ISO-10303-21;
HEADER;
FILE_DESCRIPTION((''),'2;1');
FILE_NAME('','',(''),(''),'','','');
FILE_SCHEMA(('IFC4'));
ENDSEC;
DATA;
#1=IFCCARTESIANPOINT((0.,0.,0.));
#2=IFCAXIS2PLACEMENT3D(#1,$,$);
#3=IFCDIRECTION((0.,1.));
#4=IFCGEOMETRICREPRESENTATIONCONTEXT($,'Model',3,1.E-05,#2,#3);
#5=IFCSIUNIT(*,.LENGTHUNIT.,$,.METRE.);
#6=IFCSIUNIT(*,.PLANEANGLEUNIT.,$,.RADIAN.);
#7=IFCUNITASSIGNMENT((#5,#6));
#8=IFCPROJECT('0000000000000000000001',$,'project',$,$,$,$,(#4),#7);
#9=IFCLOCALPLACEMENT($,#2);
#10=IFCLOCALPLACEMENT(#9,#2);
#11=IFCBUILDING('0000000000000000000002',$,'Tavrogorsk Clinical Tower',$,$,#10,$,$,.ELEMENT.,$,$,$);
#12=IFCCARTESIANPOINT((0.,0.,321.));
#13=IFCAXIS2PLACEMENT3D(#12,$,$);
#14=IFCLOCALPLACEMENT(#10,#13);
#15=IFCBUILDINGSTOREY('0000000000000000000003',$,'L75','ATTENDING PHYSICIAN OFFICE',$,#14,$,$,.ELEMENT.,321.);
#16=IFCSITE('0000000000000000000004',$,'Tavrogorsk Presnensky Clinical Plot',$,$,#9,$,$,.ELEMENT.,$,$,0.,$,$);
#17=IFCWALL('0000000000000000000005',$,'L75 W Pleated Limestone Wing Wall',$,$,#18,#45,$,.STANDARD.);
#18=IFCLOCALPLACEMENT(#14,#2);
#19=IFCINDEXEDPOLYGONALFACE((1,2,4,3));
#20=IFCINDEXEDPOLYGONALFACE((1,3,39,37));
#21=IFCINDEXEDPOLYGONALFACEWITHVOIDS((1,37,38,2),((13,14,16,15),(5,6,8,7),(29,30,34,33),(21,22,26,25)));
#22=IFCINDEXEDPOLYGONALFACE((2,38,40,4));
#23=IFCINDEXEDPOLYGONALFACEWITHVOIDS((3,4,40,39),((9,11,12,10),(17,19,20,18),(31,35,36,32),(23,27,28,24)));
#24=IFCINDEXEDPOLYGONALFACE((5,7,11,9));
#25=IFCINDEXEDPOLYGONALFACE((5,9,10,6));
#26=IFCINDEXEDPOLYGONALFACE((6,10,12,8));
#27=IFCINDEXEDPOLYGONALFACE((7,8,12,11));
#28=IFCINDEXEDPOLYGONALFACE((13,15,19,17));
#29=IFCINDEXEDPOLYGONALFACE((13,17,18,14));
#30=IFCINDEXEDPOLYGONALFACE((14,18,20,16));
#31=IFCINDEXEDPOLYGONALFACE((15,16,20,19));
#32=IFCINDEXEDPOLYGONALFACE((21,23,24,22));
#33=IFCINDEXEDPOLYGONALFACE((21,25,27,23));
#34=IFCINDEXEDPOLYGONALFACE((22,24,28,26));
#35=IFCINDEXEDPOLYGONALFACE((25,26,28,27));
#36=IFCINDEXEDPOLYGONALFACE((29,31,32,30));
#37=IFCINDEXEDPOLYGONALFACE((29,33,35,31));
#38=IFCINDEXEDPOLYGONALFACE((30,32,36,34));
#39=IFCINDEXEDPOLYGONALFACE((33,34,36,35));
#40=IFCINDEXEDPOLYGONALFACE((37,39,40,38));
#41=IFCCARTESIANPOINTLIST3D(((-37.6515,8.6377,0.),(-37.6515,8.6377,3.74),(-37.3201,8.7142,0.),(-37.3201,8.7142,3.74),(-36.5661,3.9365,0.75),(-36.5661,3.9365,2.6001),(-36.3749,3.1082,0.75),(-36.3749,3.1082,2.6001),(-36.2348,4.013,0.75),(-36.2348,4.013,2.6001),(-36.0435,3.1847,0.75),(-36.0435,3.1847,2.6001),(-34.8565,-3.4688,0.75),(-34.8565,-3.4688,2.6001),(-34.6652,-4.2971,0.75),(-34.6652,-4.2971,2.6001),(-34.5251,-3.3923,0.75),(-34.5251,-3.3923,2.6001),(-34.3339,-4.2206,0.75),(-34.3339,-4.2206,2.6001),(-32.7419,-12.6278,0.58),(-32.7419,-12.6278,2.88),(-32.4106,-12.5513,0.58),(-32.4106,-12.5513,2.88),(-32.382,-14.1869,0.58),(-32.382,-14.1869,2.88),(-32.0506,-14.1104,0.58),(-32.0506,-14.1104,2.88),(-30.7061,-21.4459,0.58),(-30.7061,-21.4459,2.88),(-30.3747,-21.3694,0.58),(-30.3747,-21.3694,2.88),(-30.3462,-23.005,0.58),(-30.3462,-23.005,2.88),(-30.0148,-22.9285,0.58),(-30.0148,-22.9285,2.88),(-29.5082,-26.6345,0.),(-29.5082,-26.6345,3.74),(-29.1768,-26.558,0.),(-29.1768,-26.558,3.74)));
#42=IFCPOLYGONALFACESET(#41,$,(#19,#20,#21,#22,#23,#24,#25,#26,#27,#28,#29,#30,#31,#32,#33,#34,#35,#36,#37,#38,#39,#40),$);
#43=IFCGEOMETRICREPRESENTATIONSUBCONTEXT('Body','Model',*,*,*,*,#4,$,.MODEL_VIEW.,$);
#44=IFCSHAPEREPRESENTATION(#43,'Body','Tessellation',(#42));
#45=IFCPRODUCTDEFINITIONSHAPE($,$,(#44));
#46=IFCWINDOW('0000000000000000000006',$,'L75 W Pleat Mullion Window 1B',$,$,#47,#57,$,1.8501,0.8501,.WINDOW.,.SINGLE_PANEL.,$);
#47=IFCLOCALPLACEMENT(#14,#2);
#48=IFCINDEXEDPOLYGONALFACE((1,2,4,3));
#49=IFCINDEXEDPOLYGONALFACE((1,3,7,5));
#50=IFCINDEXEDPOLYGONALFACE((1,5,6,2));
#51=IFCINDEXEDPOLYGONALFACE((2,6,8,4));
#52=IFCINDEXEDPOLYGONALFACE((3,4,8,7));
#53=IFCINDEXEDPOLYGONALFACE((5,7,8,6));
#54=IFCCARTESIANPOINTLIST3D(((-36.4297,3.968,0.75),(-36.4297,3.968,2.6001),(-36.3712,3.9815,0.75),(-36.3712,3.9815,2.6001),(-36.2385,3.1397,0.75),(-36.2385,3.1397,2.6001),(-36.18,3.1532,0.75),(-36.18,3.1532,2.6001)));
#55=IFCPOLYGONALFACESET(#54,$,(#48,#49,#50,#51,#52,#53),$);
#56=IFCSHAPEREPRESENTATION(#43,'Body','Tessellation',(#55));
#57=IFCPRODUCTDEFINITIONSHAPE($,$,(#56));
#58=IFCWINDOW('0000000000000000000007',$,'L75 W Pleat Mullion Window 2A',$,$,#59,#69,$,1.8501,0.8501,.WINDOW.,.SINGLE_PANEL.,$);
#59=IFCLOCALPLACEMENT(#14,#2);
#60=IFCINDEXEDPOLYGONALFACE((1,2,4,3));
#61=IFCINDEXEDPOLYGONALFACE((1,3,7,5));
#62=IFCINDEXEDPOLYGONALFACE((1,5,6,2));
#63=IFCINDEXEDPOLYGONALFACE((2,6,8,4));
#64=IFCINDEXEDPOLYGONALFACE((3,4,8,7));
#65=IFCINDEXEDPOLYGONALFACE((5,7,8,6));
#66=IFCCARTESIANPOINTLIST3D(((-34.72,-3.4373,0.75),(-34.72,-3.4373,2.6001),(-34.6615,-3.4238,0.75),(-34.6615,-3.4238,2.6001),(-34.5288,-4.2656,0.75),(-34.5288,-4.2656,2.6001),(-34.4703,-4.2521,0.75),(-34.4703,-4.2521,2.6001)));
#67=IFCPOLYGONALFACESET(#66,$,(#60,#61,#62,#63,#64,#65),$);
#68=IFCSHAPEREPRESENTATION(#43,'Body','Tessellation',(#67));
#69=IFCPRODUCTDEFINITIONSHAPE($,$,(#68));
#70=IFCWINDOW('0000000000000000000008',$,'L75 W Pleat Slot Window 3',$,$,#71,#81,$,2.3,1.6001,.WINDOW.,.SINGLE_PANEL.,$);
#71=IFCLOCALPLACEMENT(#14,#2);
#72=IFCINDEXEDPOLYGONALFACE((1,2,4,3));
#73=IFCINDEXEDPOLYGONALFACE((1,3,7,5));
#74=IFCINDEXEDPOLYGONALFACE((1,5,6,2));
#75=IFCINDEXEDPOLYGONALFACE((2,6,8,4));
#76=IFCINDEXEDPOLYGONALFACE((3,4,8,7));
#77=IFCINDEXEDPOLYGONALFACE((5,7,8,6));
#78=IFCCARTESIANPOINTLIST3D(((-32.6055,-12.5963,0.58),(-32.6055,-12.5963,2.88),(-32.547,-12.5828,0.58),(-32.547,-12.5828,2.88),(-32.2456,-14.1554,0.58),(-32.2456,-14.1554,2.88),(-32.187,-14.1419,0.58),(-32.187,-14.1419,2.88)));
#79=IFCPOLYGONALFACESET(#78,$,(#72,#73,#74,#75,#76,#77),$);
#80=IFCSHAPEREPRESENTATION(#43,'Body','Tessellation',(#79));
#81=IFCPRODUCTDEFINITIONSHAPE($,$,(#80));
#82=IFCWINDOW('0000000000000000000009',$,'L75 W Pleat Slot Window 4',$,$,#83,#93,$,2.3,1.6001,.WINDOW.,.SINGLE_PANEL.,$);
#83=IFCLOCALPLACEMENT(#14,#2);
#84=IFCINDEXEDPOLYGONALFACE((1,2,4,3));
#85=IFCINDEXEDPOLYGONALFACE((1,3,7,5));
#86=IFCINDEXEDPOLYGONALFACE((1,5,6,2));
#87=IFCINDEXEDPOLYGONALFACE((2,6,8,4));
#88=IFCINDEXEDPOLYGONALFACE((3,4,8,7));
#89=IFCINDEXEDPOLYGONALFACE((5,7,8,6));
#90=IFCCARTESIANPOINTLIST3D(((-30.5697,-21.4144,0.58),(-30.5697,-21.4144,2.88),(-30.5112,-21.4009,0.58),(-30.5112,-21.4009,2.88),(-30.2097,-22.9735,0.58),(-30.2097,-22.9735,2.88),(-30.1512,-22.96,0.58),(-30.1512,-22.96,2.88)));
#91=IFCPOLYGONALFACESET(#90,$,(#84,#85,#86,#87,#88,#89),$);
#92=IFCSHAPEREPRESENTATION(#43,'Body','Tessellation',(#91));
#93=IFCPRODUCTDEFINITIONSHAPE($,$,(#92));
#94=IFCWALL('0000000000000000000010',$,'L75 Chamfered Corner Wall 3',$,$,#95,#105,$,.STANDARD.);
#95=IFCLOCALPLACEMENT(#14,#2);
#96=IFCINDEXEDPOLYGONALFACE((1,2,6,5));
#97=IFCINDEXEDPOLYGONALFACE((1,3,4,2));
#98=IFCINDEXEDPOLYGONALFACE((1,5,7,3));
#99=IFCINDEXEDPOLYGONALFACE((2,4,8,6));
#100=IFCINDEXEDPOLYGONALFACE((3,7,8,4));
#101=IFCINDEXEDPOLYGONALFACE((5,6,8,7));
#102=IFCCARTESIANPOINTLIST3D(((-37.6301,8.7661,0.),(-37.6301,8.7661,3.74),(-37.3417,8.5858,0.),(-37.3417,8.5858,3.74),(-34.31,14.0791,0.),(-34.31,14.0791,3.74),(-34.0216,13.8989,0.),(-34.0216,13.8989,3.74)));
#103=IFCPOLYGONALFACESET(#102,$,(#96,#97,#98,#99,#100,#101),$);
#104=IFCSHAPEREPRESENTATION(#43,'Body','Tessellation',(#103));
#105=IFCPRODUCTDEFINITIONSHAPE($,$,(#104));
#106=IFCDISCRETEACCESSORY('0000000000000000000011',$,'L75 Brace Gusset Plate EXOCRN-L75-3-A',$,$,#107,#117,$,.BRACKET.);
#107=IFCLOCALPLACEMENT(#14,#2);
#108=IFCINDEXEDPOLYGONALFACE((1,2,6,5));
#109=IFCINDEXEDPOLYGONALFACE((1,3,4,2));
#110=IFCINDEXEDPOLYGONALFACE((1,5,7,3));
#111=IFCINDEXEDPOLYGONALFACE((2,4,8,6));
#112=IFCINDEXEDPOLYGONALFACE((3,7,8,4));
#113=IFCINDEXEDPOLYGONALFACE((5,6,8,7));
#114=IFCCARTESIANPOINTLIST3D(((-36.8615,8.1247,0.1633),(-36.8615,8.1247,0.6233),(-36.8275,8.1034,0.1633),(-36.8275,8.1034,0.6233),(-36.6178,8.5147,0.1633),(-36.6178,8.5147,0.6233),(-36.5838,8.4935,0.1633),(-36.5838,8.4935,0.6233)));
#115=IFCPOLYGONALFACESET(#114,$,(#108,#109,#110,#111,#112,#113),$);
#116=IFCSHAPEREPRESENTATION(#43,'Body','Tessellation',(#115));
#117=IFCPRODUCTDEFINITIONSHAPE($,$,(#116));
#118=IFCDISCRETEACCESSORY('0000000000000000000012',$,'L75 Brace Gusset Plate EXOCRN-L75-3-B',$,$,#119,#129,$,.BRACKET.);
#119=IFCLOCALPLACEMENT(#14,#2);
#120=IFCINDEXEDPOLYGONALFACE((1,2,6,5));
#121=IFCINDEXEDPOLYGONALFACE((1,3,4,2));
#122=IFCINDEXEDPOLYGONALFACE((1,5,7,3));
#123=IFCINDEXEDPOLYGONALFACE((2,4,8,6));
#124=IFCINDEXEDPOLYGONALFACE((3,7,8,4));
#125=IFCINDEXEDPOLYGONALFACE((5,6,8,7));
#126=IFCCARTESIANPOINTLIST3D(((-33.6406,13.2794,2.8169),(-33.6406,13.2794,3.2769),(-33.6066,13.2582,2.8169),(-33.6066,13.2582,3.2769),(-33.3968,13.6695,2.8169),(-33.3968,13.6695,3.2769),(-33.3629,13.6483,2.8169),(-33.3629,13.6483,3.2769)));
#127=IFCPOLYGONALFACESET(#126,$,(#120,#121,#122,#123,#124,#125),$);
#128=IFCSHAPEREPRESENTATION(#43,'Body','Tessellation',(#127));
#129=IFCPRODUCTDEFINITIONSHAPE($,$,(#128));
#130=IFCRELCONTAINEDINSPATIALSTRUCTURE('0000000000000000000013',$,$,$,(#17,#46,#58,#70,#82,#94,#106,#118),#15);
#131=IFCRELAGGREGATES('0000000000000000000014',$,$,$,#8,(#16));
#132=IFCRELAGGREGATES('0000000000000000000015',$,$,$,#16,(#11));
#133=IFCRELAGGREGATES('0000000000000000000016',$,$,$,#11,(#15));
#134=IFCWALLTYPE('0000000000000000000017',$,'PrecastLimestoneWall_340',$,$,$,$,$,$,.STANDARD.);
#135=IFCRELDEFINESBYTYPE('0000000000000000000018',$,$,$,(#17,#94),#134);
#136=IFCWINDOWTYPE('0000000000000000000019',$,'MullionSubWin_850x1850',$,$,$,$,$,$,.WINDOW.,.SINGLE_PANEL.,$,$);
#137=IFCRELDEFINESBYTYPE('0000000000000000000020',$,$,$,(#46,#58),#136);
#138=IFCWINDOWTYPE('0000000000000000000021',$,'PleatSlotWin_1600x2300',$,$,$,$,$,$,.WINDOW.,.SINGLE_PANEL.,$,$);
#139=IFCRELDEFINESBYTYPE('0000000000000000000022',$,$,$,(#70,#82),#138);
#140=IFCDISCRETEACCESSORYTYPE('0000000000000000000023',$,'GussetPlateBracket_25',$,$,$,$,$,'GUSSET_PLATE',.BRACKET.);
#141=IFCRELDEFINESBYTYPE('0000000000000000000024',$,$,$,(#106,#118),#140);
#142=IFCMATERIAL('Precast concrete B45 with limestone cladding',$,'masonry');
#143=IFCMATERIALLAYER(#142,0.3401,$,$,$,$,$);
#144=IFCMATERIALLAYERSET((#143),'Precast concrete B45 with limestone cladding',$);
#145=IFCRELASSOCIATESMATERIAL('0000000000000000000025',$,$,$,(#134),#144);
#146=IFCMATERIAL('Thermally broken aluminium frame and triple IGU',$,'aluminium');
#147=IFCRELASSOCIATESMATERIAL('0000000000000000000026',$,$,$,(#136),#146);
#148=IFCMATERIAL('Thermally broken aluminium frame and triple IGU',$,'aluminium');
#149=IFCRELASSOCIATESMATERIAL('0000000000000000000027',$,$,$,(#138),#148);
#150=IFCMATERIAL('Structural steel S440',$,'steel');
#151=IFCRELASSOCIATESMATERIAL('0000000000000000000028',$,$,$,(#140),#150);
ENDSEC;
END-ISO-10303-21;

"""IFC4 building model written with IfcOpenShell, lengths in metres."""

from ifc_helpers import new_model, si_unit, direction, frame, frame_2d, origin, origin_2d, place, context, subcontext, project, spatial, rectangle, extrude, material, layer, layer_set, type_object, element, fill, save


model = new_model("IFC4")

# Units and contexts
model_context = context("Model", 3, precision=1e-05, world=origin(), true_north=direction((0.0, 1.0)))
body_context = subcontext(model_context, "Body", "Model", "MODEL_VIEW")
ifc_project = project(units=[si_unit("LENGTHUNIT", "METRE"), si_unit("PLANEANGLEUNIT", "RADIAN")], contexts=[model_context])

# Site, building, storey
site_placement = place(None, origin())
site = spatial("IfcSite", under=ifc_project, at=site_placement, Name="Tavrogorsk Presnensky Clinical Plot", CompositionType="ELEMENT", RefElevation=0.0)
building_placement = place(site_placement, origin())
building = spatial("IfcBuilding", under=site, at=building_placement, Name="Tavrogorsk Clinical Tower", CompositionType="ELEMENT")
storey_placement = place(building_placement, frame((0.0, 0.0, 321.0)))
storey = spatial("IfcBuildingStorey", under=building, at=storey_placement, Name="L75", Description="ATTENDING PHYSICIAN OFFICE", CompositionType="ELEMENT", Elevation=321.0)

# Wall, openings, windows
ifc_material_1 = material(Name="Precast concrete B45 with limestone cladding", Category="masonry")
ifc_layer_1 = layer(ifc_material_1, 0.3401)
ifc_layer_set_1 = layer_set([ifc_layer_1], Name="Precast concrete B45 with limestone cladding")
wall_type_1 = type_object("IfcWallType", Name="PrecastLimestoneWall_340", PredefinedType="STANDARD", material=ifc_layer_set_1)
wall_1_placement = place(storey_placement, frame((-37.4858, 8.676, 0.0), z_axis=(0.0, 0.0, 1.0), x_axis=(0.224953, -0.97437, 0.0)))
wall_1 = element("IfcWall", 1, at=wall_1_placement, inside=storey, type_object=wall_type_1, Name="L75 W Pleated Limestone Wing Wall", PredefinedType="STANDARD", context=body_context, shape_type="SweptSolid", body=[
    extrude(rectangle(XDim=36.2, YDim=0.3401, at=frame_2d((18.1001, 0.0))), origin(), (0.0, 0.0, 1.0), 3.74),
])
opening_1_placement = place(wall_1_placement, frame((4.825, 0.0, 0.75)))
opening_1 = element("IfcOpeningElement", 2, at=opening_1_placement, cuts=wall_1, PredefinedType="OPENING", context=body_context, shape_type="SweptSolid", body=[
    extrude(rectangle(XDim=0.8501, YDim=1.8501, at=frame_2d((0.425, 0.925))), frame((0.0, 0.1799, 0.0), z_axis=(0.0, -1.0, 0.0), x_axis=(1.0, 0.0, 0.0)), (0.0, 0.0, 1.0), 0.3601),
])
opening_2_placement = place(wall_1_placement, frame((12.425, 0.0, 0.75)))
opening_2 = element("IfcOpeningElement", 3, at=opening_2_placement, cuts=wall_1, PredefinedType="OPENING", context=body_context, shape_type="SweptSolid", body=[
    extrude(rectangle(XDim=0.8501, YDim=1.8501, at=frame_2d((0.425, 0.925))), frame((0.0, 0.1799, 0.0), z_axis=(0.0, -1.0, 0.0), x_axis=(1.0, 0.0, 0.0)), (0.0, 0.0, 1.0), 0.3601),
])
opening_3_placement = place(wall_1_placement, frame((21.825, 0.0, 0.5801)))
opening_3 = element("IfcOpeningElement", 4, at=opening_3_placement, cuts=wall_1, PredefinedType="OPENING", context=body_context, shape_type="SweptSolid", body=[
    extrude(rectangle(XDim=1.6001, YDim=2.3, at=frame_2d((0.8, 1.1499))), frame((0.0, 0.1799, 0.0), z_axis=(0.0, -1.0, 0.0), x_axis=(1.0, 0.0, 0.0)), (0.0, 0.0, 1.0), 0.3601),
])
opening_4_placement = place(wall_1_placement, frame((30.875, 0.0, 0.5801)))
opening_4 = element("IfcOpeningElement", 5, at=opening_4_placement, cuts=wall_1, PredefinedType="OPENING", context=body_context, shape_type="SweptSolid", body=[
    extrude(rectangle(XDim=1.6001, YDim=2.3, at=frame_2d((0.8, 1.1499))), frame((0.0, 0.1799, 0.0), z_axis=(0.0, -1.0, 0.0), x_axis=(1.0, 0.0, 0.0)), (0.0, 0.0, 1.0), 0.3601),
])
ifc_material_2 = material(Name="Thermally broken aluminium frame and triple IGU", Category="aluminium")
window_type_1 = type_object("IfcWindowType", Name="MullionSubWin_850x1850", PartitioningType="SINGLE_PANEL", PredefinedType="WINDOW", material=ifc_material_2)
window_1_placement = place(opening_1_placement, origin())
window_1 = element("IfcWindow", 6, at=window_1_placement, inside=storey, type_object=window_type_1, Name="L75 W Pleat Mullion Window 1B", OverallHeight=1.8501, OverallWidth=0.8501, PartitioningType="SINGLE_PANEL", PredefinedType="WINDOW", context=body_context, shape_type="SweptSolid", body=[
    extrude(rectangle(XDim=0.8501, YDim=1.8501, at=frame_2d((0.425, 0.925))), frame((0.0, 0.03, 0.0), z_axis=(0.0, -1.0, 0.0), x_axis=(1.0, 0.0, 0.0)), (0.0, 0.0, 1.0), 0.0601),
])
fill(opening_1, window_1)
window_2_placement = place(opening_2_placement, origin())
window_2 = element("IfcWindow", 7, at=window_2_placement, inside=storey, type_object=window_type_1, Name="L75 W Pleat Mullion Window 2A", OverallHeight=1.8501, OverallWidth=0.8501, PartitioningType="SINGLE_PANEL", PredefinedType="WINDOW", context=body_context, shape_type="SweptSolid", body=[
    extrude(rectangle(XDim=0.8501, YDim=1.8501, at=frame_2d((0.425, 0.925))), frame((0.0, 0.03, 0.0), z_axis=(0.0, -1.0, 0.0), x_axis=(1.0, 0.0, 0.0)), (0.0, 0.0, 1.0), 0.0601),
])
fill(opening_2, window_2)
ifc_material_3 = material(Name="Thermally broken aluminium frame and triple IGU", Category="aluminium")
window_type_2 = type_object("IfcWindowType", Name="PleatSlotWin_1600x2300", PartitioningType="SINGLE_PANEL", PredefinedType="WINDOW", material=ifc_material_3)
window_3_placement = place(opening_3_placement, origin())
window_3 = element("IfcWindow", 8, at=window_3_placement, inside=storey, type_object=window_type_2, Name="L75 W Pleat Slot Window 3", OverallHeight=2.3, OverallWidth=1.6001, PartitioningType="SINGLE_PANEL", PredefinedType="WINDOW", context=body_context, shape_type="SweptSolid", body=[
    extrude(rectangle(XDim=1.6001, YDim=2.3, at=frame_2d((0.8, 1.1499))), frame((0.0, 0.03, 0.0), z_axis=(0.0, -1.0, 0.0), x_axis=(1.0, 0.0, 0.0)), (0.0, 0.0, 1.0), 0.0601),
])
fill(opening_3, window_3)
window_4_placement = place(opening_4_placement, origin())
window_4 = element("IfcWindow", 9, at=window_4_placement, inside=storey, type_object=window_type_2, Name="L75 W Pleat Slot Window 4", OverallHeight=2.3, OverallWidth=1.6001, PartitioningType="SINGLE_PANEL", PredefinedType="WINDOW", context=body_context, shape_type="SweptSolid", body=[
    extrude(rectangle(XDim=1.6001, YDim=2.3, at=frame_2d((0.8, 1.1499))), frame((0.0, 0.03, 0.0), z_axis=(0.0, -1.0, 0.0), x_axis=(1.0, 0.0, 0.0)), (0.0, 0.0, 1.0), 0.0601),
])
fill(opening_4, window_4)

# Wall
wall_2_placement = place(storey_placement, frame((-34.1658, 13.989, 0.0), z_axis=(0.0, 0.0, 1.0), x_axis=(-0.529936, -0.848038, 0.0)))
element("IfcWall", 10, at=wall_2_placement, inside=storey, type_object=wall_type_1, Name="L75 Chamfered Corner Wall 3", PredefinedType="STANDARD", context=body_context, shape_type="SweptSolid", body=[
    extrude(rectangle(XDim=6.2651, YDim=0.3401, at=frame_2d((3.1326, 0.0))), origin(), (0.0, 0.0, 1.0), 3.74),
])

# Discrete accessories
ifc_material_4 = material(Name="Structural steel S440", Category="steel")
discrete_accessory_type = type_object("IfcDiscreteAccessoryType", Name="GussetPlateBracket_25", ElementType="GUSSET_PLATE", PredefinedType="BRACKET", material=ifc_material_4)
for number, where, z_axis, x_axis, name in (
    (11, (-36.7227, 8.3091, 0.1633), (0.0, 0.0, 1.0), (0.529919, 0.848048, 0.0), "L75 Brace Gusset Plate EXOCRN-L75-3-A"),
    (12, (-33.5017, 13.4639, 2.8169), (0.0, 0.0, 1.0), (0.529919, 0.848048, 0.0), "L75 Brace Gusset Plate EXOCRN-L75-3-B"),
):
    element("IfcDiscreteAccessory", number, at=place(storey_placement, frame(where, z_axis=z_axis, x_axis=x_axis)), inside=storey, type_object=discrete_accessory_type, Name=name, PredefinedType="BRACKET", context=body_context, shape_type="SweptSolid", body=[
        extrude(rectangle(XDim=0.46, YDim=0.04, at=origin_2d()), origin(), (0.0, 0.0, 1.0), 0.46),
    ])

save(model, "model.ifc")
